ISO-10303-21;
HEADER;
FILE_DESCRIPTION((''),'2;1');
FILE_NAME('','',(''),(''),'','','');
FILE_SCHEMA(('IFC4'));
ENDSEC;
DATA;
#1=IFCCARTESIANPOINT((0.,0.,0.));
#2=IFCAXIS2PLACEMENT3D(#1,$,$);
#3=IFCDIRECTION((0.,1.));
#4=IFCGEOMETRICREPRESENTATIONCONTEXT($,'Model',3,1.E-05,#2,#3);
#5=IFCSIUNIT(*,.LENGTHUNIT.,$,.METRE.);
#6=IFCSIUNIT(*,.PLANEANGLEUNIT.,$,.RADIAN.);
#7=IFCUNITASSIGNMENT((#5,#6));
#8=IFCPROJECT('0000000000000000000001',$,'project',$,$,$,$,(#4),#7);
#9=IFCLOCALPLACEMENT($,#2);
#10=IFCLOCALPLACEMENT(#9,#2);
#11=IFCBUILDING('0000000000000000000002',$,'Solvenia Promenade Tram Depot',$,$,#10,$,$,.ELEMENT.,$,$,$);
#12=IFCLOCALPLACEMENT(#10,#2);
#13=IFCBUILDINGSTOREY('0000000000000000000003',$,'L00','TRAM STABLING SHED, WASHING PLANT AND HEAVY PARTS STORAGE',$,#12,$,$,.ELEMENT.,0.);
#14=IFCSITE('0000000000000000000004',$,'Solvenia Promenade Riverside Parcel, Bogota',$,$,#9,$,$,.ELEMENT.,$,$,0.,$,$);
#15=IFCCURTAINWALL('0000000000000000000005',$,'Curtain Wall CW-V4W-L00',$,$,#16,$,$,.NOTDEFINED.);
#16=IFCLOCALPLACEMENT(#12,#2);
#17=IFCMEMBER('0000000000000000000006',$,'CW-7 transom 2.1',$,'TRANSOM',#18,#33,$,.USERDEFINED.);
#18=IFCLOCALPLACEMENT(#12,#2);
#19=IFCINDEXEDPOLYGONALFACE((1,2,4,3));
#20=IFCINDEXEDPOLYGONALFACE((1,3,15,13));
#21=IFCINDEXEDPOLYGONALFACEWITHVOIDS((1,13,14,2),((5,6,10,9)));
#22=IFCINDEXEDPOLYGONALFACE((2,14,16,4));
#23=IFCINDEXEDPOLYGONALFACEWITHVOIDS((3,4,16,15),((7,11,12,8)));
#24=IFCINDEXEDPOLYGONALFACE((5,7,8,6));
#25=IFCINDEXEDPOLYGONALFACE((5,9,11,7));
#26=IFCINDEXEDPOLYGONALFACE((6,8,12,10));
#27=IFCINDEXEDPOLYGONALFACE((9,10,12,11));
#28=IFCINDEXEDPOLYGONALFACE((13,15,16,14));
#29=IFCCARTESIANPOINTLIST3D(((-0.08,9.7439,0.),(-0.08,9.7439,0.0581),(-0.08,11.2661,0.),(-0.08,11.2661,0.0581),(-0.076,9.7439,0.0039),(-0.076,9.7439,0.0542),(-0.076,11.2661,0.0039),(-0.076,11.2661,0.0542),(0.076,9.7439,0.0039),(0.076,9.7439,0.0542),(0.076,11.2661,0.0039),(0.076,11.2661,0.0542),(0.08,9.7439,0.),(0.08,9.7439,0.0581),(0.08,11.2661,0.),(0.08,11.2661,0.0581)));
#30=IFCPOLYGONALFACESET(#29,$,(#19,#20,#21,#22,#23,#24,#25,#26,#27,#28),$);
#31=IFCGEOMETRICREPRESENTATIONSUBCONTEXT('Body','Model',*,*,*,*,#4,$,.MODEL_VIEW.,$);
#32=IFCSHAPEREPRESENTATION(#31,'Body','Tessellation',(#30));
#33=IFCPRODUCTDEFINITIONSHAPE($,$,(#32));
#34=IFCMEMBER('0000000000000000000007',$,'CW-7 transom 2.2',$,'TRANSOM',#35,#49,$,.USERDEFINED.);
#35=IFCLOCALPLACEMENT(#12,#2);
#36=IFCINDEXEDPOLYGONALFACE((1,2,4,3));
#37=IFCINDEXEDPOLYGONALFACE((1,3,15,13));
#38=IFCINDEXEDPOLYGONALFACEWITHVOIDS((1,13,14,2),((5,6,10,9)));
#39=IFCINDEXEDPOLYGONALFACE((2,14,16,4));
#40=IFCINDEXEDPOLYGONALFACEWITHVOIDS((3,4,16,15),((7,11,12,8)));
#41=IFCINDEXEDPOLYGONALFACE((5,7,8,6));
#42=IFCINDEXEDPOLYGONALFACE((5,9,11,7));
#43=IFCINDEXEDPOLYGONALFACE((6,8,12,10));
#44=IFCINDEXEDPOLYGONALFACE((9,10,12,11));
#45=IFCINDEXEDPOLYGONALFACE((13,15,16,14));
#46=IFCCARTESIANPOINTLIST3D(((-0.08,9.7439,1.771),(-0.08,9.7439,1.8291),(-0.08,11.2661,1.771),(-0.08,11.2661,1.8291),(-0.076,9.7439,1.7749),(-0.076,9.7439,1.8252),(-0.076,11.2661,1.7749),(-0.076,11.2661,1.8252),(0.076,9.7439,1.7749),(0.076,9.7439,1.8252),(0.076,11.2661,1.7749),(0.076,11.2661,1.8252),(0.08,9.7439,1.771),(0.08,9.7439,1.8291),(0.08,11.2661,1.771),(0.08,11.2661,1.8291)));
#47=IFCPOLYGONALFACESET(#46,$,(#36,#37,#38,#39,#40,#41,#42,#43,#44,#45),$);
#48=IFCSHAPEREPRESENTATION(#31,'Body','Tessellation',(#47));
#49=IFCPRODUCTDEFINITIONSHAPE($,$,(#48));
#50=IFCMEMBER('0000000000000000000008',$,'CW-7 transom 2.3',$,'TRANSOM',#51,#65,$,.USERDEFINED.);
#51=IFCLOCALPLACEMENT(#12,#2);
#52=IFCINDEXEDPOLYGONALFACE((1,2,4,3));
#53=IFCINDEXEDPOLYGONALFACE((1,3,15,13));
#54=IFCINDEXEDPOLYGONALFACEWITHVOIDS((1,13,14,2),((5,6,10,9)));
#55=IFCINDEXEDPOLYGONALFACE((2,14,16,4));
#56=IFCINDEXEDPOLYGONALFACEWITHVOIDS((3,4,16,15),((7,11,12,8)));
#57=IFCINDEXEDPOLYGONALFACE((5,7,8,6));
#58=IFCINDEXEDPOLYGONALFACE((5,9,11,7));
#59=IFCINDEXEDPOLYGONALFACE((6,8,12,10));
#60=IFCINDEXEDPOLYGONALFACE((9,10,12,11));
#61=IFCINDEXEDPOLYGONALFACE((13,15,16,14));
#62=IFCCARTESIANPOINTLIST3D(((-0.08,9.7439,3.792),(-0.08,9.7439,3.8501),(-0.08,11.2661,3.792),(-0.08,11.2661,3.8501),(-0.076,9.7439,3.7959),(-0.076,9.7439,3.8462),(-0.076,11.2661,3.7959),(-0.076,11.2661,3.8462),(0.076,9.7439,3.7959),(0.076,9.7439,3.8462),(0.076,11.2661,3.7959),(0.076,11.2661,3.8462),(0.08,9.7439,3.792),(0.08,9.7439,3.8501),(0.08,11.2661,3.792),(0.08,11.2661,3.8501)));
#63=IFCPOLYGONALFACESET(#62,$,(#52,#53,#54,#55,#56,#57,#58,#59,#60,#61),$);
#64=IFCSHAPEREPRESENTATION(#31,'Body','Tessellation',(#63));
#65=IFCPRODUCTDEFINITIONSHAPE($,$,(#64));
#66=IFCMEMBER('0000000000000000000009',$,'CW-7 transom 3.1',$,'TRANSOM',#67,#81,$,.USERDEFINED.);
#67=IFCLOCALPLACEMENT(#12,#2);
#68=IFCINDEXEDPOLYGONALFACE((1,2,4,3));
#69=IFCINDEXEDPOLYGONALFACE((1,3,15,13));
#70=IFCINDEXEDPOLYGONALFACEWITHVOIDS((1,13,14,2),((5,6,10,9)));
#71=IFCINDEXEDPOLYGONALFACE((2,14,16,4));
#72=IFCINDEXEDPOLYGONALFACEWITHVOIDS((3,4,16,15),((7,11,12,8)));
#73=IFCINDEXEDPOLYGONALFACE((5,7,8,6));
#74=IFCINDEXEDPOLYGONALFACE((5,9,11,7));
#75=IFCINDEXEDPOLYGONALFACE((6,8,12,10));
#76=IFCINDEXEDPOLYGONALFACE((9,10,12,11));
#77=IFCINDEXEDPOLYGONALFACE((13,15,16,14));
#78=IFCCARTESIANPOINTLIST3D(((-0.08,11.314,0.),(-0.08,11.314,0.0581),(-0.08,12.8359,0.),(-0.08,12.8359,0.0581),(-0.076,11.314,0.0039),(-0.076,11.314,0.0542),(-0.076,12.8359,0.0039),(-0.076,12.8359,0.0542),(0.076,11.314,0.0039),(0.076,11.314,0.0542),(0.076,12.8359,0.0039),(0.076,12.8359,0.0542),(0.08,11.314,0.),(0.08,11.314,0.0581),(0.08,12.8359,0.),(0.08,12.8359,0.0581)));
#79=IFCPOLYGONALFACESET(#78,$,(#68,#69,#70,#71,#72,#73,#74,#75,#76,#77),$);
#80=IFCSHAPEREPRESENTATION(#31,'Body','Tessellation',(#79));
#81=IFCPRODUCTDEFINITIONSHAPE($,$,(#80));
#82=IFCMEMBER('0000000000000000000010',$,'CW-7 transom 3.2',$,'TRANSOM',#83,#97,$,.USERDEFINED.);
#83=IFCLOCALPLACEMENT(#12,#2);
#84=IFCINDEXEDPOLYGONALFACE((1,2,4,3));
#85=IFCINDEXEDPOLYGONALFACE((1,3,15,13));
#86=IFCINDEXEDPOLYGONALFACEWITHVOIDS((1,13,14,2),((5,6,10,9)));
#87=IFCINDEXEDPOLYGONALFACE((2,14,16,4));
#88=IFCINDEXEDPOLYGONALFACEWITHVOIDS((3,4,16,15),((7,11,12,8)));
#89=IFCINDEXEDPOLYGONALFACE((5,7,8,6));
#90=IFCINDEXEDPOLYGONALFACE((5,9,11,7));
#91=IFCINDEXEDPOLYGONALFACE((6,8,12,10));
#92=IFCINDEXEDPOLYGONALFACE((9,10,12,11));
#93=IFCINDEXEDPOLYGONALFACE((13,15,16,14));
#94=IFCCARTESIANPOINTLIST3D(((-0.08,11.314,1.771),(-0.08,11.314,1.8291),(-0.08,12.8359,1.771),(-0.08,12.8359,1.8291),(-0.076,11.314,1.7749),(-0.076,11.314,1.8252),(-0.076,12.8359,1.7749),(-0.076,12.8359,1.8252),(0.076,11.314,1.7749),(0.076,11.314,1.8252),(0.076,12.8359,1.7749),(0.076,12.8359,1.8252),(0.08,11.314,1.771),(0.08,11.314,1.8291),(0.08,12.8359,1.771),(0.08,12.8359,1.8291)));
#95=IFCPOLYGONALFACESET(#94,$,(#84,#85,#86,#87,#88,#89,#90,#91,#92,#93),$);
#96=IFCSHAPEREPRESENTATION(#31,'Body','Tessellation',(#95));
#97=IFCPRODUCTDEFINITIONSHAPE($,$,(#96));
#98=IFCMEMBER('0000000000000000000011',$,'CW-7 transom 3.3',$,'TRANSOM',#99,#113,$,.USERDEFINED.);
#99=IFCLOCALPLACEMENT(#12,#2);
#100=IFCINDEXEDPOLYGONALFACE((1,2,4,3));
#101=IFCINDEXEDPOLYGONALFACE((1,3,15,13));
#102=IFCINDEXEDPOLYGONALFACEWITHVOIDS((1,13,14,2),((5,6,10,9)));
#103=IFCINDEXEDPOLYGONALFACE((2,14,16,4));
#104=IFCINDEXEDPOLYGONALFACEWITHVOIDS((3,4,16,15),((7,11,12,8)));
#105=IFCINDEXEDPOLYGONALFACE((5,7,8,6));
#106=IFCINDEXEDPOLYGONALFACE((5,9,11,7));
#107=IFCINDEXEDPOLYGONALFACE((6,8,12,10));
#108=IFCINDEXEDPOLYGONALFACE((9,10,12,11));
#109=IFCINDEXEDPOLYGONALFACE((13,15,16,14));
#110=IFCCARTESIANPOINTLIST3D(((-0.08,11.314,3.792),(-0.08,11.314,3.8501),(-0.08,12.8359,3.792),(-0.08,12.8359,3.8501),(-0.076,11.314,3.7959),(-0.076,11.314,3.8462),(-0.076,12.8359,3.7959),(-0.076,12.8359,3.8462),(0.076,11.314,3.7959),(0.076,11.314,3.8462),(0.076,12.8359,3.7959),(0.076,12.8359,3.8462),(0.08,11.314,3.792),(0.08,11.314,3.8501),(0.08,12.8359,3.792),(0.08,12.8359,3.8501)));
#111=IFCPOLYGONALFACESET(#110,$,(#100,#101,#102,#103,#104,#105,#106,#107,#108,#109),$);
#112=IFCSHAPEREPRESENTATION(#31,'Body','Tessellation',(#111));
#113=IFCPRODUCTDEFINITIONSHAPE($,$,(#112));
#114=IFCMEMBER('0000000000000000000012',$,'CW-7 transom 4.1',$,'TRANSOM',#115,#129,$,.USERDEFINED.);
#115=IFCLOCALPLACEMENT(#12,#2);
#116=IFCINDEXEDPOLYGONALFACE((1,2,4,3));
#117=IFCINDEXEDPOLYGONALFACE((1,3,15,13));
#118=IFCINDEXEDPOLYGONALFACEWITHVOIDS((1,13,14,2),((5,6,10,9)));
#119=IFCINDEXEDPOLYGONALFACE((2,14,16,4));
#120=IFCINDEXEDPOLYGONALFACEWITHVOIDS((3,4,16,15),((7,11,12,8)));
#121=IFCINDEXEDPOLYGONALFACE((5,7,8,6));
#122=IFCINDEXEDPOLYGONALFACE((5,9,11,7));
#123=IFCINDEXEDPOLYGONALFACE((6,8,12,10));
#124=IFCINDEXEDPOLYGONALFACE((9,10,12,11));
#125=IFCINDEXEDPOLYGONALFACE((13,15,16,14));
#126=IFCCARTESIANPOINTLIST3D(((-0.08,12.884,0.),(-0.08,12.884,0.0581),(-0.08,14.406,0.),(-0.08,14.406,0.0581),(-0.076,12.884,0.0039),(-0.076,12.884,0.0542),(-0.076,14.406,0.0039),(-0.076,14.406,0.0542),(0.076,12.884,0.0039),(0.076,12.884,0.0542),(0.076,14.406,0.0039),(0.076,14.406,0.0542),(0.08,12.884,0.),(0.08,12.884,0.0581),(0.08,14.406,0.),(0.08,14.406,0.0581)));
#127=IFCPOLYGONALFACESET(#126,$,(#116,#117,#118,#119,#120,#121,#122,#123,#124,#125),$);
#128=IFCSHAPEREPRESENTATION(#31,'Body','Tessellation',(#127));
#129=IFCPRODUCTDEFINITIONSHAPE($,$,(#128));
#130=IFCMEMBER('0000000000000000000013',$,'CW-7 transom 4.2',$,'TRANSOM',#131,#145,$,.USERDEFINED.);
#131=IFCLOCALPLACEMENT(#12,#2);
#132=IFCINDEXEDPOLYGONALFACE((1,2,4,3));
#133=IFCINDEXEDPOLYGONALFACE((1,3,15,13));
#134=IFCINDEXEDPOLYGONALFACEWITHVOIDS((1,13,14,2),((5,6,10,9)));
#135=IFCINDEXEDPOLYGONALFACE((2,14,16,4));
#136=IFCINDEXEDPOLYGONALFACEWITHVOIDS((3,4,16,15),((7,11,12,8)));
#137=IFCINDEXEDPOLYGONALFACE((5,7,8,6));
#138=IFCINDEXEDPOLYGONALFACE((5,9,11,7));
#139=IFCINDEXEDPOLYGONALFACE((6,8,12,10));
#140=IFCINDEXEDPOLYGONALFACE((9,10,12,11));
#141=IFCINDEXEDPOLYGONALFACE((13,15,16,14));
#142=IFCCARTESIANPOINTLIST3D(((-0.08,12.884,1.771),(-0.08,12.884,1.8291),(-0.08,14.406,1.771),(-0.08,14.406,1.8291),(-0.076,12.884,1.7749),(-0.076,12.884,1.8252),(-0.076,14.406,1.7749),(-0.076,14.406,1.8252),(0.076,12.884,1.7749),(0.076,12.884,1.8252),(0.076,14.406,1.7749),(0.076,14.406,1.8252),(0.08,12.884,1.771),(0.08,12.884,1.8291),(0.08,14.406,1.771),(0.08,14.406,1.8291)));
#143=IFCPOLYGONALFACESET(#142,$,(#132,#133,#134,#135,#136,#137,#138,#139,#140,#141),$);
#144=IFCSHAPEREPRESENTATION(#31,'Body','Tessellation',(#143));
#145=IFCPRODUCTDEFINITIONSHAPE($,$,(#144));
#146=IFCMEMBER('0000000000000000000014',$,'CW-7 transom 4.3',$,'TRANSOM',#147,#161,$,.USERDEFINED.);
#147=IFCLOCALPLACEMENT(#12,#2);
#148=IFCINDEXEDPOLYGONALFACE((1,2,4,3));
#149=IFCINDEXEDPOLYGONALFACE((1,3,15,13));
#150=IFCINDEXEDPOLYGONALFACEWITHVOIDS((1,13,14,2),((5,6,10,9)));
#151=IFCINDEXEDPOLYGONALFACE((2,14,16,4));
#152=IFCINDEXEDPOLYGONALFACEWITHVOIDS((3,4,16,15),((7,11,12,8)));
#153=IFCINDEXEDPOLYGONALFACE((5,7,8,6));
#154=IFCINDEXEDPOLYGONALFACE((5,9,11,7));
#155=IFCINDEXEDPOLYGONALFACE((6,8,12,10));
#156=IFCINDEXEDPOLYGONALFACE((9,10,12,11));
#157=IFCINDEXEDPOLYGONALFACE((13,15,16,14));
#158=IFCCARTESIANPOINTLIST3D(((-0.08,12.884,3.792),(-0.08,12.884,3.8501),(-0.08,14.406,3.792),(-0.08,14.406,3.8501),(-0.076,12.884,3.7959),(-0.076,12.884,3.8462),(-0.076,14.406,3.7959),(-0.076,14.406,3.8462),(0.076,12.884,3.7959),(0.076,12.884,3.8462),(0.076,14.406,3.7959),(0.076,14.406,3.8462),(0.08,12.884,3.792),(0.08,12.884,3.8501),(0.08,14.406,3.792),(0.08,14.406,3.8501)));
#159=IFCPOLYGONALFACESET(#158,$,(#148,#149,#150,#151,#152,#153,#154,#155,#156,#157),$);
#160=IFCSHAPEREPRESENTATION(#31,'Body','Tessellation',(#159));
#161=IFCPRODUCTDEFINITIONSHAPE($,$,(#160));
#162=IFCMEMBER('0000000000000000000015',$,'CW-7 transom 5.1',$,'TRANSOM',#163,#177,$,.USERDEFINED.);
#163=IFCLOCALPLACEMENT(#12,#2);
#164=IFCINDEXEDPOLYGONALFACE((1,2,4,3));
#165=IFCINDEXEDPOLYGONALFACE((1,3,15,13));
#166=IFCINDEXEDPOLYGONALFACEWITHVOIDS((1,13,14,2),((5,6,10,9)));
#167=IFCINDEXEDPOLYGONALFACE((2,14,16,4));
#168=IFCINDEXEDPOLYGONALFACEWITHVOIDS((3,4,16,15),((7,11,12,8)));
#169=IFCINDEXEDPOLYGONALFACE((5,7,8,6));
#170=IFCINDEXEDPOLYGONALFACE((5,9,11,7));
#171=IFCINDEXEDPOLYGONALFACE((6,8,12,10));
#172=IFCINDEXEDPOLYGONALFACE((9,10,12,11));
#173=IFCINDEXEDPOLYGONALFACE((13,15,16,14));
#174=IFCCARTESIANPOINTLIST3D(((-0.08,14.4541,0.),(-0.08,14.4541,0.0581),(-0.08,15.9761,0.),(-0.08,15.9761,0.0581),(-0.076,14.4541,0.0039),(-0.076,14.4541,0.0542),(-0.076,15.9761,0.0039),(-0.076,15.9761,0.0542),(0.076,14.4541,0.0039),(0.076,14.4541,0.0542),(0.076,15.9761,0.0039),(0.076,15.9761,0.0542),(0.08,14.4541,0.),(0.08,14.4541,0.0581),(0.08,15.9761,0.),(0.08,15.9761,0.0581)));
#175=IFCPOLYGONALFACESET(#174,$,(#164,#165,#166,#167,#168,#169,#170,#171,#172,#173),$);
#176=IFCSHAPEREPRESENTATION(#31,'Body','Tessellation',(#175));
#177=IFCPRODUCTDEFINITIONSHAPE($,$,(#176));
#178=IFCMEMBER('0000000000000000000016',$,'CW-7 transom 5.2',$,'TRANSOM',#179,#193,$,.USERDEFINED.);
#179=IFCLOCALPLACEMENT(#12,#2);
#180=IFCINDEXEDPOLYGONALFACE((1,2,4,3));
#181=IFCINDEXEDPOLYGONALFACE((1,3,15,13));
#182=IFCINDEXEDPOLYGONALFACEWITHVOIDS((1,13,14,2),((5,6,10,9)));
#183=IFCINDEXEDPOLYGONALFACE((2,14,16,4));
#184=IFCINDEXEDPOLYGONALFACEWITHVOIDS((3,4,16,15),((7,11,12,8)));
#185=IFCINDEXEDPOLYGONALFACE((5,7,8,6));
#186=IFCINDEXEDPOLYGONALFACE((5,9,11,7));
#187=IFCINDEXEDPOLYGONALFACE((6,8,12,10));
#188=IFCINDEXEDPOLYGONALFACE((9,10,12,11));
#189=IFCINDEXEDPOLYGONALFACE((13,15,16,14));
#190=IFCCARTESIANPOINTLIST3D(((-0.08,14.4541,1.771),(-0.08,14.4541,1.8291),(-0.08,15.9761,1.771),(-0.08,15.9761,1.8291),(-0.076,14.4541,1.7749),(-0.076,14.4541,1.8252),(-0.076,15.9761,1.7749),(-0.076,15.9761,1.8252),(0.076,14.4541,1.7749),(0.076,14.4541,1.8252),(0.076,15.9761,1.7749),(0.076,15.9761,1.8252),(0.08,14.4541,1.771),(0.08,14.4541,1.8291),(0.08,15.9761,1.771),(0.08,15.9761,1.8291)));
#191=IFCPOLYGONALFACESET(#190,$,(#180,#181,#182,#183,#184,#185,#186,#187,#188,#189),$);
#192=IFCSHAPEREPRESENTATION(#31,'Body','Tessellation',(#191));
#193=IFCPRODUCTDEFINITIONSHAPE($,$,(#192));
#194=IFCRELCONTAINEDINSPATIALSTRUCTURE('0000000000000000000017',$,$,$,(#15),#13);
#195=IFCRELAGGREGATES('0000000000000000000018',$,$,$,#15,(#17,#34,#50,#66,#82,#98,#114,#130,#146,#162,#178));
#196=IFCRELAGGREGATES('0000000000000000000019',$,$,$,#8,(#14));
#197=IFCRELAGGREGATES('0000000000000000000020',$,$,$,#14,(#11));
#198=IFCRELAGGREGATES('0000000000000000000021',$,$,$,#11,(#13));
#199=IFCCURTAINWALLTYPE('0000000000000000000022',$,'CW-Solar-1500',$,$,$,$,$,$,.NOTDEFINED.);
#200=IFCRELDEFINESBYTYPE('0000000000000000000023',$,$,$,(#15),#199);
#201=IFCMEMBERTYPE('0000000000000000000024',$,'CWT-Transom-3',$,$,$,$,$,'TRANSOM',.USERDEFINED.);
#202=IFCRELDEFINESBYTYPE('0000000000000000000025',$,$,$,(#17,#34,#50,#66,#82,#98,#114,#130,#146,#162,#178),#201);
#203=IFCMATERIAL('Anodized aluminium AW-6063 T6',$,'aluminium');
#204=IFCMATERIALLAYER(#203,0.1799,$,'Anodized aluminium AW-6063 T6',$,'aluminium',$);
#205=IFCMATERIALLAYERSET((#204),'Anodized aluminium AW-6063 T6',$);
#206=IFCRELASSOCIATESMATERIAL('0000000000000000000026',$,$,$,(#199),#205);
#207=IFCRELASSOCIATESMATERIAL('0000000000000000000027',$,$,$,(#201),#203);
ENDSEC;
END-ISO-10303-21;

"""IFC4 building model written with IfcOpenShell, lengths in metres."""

from ifc_helpers import new_model, si_unit, direction, frame, origin, origin_2d, place, context, subcontext, project, spatial, hollow_rectangle, extrude, material, layer, layer_set, material_profile, profile_set, type_object, element, aggregate, save


model = new_model("IFC4")

# Units and contexts
model_context = context("Model", 3, precision=1e-05, world=origin(), true_north=direction((0.0, 1.0)))
body_context = subcontext(model_context, "Body", "Model", "MODEL_VIEW")
ifc_project = project(units=[si_unit("LENGTHUNIT", "METRE"), si_unit("PLANEANGLEUNIT", "RADIAN")], contexts=[model_context])

# Site, building, storey
site_placement = place(None, origin())
site = spatial("IfcSite", under=ifc_project, at=site_placement, Name="Solvenia Promenade Riverside Parcel, Bogota", CompositionType="ELEMENT", RefElevation=0.0)
building_placement = place(site_placement, origin())
building = spatial("IfcBuilding", under=site, at=building_placement, Name="Solvenia Promenade Tram Depot", CompositionType="ELEMENT")
storey_placement = place(building_placement, origin())
storey = spatial("IfcBuildingStorey", under=building, at=storey_placement, Name="L00", Description="TRAM STABLING SHED, WASHING PLANT AND HEAVY PARTS STORAGE", CompositionType="ELEMENT", Elevation=0.0)

# Curtain wall, members
ifc_material_1 = material(Name="Anodized aluminium AW-6063 T6", Category="aluminium")
ifc_layer_1 = layer(ifc_material_1, 0.1799, Name="Anodized aluminium AW-6063 T6", Category="aluminium")
ifc_layer_set_1 = layer_set([ifc_layer_1], Name="Anodized aluminium AW-6063 T6")
curtain_wall_type = type_object("IfcCurtainWallType", Name="CW-Solar-1500", PredefinedType="NOTDEFINED", material=ifc_layer_set_1)
curtain_wall_placement = place(storey_placement, origin())
curtain_wall = element("IfcCurtainWall", 1, at=curtain_wall_placement, inside=storey, type_object=curtain_wall_type, Name="Curtain Wall CW-V4W-L00", PredefinedType="NOTDEFINED")
ifc_material_profile_1 = material_profile(ifc_material_1, hollow_rectangle(XDim=0.1599, YDim=0.0581, WallThickness=0.0039, at=origin_2d()), Name="ALU-T3", Category="aluminium")
ifc_profile_set_1 = profile_set([ifc_material_profile_1], Name="Anodized aluminium AW-6063 T6")
member_type_1 = type_object("IfcMemberType", Name="CWT-Transom-3", ElementType="TRANSOM", PredefinedType="USERDEFINED", material=ifc_profile_set_1)
member_1_placement = place(storey_placement, frame((0.0, 9.7439, 0.0291), z_axis=(0.0, 1.0, 0.0), x_axis=(-1.0, 0.0, 0.0)))
member_1 = element("IfcMember", 2, at=member_1_placement, type_object=member_type_1, Name="CW-7 transom 2.1", ObjectType="TRANSOM", PredefinedType="USERDEFINED", context=body_context, shape_type="SweptSolid", body=[
    extrude(hollow_rectangle(XDim=0.1599, YDim=0.0581, WallThickness=0.0039, at=origin_2d()), origin(), (0.0, 0.0, 1.0), 1.5222),
])
member_2_placement = place(storey_placement, frame((0.0, 9.7439, 1.8), z_axis=(0.0, 1.0, 0.0), x_axis=(-1.0, 0.0, 0.0)))
member_2 = element("IfcMember", 3, at=member_2_placement, type_object=member_type_1, Name="CW-7 transom 2.2", ObjectType="TRANSOM", PredefinedType="USERDEFINED", context=body_context, shape_type="SweptSolid", body=[
    extrude(hollow_rectangle(XDim=0.1599, YDim=0.0581, WallThickness=0.0039, at=origin_2d()), origin(), (0.0, 0.0, 1.0), 1.5222),
])
member_3_placement = place(storey_placement, frame((0.0, 9.7439, 3.821), z_axis=(0.0, 1.0, 0.0), x_axis=(-1.0, 0.0, 0.0)))
member_3 = element("IfcMember", 4, at=member_3_placement, type_object=member_type_1, Name="CW-7 transom 2.3", ObjectType="TRANSOM", PredefinedType="USERDEFINED", context=body_context, shape_type="SweptSolid", body=[
    extrude(hollow_rectangle(XDim=0.1599, YDim=0.0581, WallThickness=0.0039, at=origin_2d()), origin(), (0.0, 0.0, 1.0), 1.5222),
])
member_4_placement = place(storey_placement, frame((0.0, 11.314, 0.0291), z_axis=(0.0, 1.0, 0.0), x_axis=(-1.0, 0.0, 0.0)))
member_4 = element("IfcMember", 5, at=member_4_placement, type_object=member_type_1, Name="CW-7 transom 3.1", ObjectType="TRANSOM", PredefinedType="USERDEFINED", context=body_context, shape_type="SweptSolid", body=[
    extrude(hollow_rectangle(XDim=0.1599, YDim=0.0581, WallThickness=0.0039, at=origin_2d()), origin(), (0.0, 0.0, 1.0), 1.522),
])
member_5_placement = place(storey_placement, frame((0.0, 11.314, 1.8), z_axis=(0.0, 1.0, 0.0), x_axis=(-1.0, 0.0, 0.0)))
member_5 = element("IfcMember", 6, at=member_5_placement, type_object=member_type_1, Name="CW-7 transom 3.2", ObjectType="TRANSOM", PredefinedType="USERDEFINED", context=body_context, shape_type="SweptSolid", body=[
    extrude(hollow_rectangle(XDim=0.1599, YDim=0.0581, WallThickness=0.0039, at=origin_2d()), origin(), (0.0, 0.0, 1.0), 1.522),
])
member_6_placement = place(storey_placement, frame((0.0, 11.314, 3.821), z_axis=(0.0, 1.0, 0.0), x_axis=(-1.0, 0.0, 0.0)))
member_6 = element("IfcMember", 7, at=member_6_placement, type_object=member_type_1, Name="CW-7 transom 3.3", ObjectType="TRANSOM", PredefinedType="USERDEFINED", context=body_context, shape_type="SweptSolid", body=[
    extrude(hollow_rectangle(XDim=0.1599, YDim=0.0581, WallThickness=0.0039, at=origin_2d()), origin(), (0.0, 0.0, 1.0), 1.522),
])
member_7_placement = place(storey_placement, frame((0.0, 12.884, 0.0291), z_axis=(0.0, 1.0, 0.0), x_axis=(-1.0, 0.0, 0.0)))
member_7 = element("IfcMember", 8, at=member_7_placement, type_object=member_type_1, Name="CW-7 transom 4.1", ObjectType="TRANSOM", PredefinedType="USERDEFINED", context=body_context, shape_type="SweptSolid", body=[
    extrude(hollow_rectangle(XDim=0.1599, YDim=0.0581, WallThickness=0.0039, at=origin_2d()), origin(), (0.0, 0.0, 1.0), 1.522),
])
member_8_placement = place(storey_placement, frame((0.0, 12.884, 1.8), z_axis=(0.0, 1.0, 0.0), x_axis=(-1.0, 0.0, 0.0)))
member_8 = element("IfcMember", 9, at=member_8_placement, type_object=member_type_1, Name="CW-7 transom 4.2", ObjectType="TRANSOM", PredefinedType="USERDEFINED", context=body_context, shape_type="SweptSolid", body=[
    extrude(hollow_rectangle(XDim=0.1599, YDim=0.0581, WallThickness=0.0039, at=origin_2d()), origin(), (0.0, 0.0, 1.0), 1.522),
])
member_9_placement = place(storey_placement, frame((0.0, 12.884, 3.821), z_axis=(0.0, 1.0, 0.0), x_axis=(-1.0, 0.0, 0.0)))
member_9 = element("IfcMember", 10, at=member_9_placement, type_object=member_type_1, Name="CW-7 transom 4.3", ObjectType="TRANSOM", PredefinedType="USERDEFINED", context=body_context, shape_type="SweptSolid", body=[
    extrude(hollow_rectangle(XDim=0.1599, YDim=0.0581, WallThickness=0.0039, at=origin_2d()), origin(), (0.0, 0.0, 1.0), 1.522),
])
member_10_placement = place(storey_placement, frame((0.0, 14.4541, 0.0291), z_axis=(0.0, 1.0, 0.0), x_axis=(-1.0, 0.0, 0.0)))
member_10 = element("IfcMember", 11, at=member_10_placement, type_object=member_type_1, Name="CW-7 transom 5.1", ObjectType="TRANSOM", PredefinedType="USERDEFINED", context=body_context, shape_type="SweptSolid", body=[
    extrude(hollow_rectangle(XDim=0.1599, YDim=0.0581, WallThickness=0.0039, at=origin_2d()), origin(), (0.0, 0.0, 1.0), 1.522),
])
member_11_placement = place(storey_placement, frame((0.0, 14.4541, 1.8), z_axis=(0.0, 1.0, 0.0), x_axis=(-1.0, 0.0, 0.0)))
member_11 = element("IfcMember", 12, at=member_11_placement, type_object=member_type_1, Name="CW-7 transom 5.2", ObjectType="TRANSOM", PredefinedType="USERDEFINED", context=body_context, shape_type="SweptSolid", body=[
    extrude(hollow_rectangle(XDim=0.1599, YDim=0.0581, WallThickness=0.0039, at=origin_2d()), origin(), (0.0, 0.0, 1.0), 1.522),
])
aggregate(curtain_wall, [member_1, member_2, member_3, member_4, member_5, member_6, member_7, member_8, member_9, member_10, member_11])

save(model, "model.ifc")
